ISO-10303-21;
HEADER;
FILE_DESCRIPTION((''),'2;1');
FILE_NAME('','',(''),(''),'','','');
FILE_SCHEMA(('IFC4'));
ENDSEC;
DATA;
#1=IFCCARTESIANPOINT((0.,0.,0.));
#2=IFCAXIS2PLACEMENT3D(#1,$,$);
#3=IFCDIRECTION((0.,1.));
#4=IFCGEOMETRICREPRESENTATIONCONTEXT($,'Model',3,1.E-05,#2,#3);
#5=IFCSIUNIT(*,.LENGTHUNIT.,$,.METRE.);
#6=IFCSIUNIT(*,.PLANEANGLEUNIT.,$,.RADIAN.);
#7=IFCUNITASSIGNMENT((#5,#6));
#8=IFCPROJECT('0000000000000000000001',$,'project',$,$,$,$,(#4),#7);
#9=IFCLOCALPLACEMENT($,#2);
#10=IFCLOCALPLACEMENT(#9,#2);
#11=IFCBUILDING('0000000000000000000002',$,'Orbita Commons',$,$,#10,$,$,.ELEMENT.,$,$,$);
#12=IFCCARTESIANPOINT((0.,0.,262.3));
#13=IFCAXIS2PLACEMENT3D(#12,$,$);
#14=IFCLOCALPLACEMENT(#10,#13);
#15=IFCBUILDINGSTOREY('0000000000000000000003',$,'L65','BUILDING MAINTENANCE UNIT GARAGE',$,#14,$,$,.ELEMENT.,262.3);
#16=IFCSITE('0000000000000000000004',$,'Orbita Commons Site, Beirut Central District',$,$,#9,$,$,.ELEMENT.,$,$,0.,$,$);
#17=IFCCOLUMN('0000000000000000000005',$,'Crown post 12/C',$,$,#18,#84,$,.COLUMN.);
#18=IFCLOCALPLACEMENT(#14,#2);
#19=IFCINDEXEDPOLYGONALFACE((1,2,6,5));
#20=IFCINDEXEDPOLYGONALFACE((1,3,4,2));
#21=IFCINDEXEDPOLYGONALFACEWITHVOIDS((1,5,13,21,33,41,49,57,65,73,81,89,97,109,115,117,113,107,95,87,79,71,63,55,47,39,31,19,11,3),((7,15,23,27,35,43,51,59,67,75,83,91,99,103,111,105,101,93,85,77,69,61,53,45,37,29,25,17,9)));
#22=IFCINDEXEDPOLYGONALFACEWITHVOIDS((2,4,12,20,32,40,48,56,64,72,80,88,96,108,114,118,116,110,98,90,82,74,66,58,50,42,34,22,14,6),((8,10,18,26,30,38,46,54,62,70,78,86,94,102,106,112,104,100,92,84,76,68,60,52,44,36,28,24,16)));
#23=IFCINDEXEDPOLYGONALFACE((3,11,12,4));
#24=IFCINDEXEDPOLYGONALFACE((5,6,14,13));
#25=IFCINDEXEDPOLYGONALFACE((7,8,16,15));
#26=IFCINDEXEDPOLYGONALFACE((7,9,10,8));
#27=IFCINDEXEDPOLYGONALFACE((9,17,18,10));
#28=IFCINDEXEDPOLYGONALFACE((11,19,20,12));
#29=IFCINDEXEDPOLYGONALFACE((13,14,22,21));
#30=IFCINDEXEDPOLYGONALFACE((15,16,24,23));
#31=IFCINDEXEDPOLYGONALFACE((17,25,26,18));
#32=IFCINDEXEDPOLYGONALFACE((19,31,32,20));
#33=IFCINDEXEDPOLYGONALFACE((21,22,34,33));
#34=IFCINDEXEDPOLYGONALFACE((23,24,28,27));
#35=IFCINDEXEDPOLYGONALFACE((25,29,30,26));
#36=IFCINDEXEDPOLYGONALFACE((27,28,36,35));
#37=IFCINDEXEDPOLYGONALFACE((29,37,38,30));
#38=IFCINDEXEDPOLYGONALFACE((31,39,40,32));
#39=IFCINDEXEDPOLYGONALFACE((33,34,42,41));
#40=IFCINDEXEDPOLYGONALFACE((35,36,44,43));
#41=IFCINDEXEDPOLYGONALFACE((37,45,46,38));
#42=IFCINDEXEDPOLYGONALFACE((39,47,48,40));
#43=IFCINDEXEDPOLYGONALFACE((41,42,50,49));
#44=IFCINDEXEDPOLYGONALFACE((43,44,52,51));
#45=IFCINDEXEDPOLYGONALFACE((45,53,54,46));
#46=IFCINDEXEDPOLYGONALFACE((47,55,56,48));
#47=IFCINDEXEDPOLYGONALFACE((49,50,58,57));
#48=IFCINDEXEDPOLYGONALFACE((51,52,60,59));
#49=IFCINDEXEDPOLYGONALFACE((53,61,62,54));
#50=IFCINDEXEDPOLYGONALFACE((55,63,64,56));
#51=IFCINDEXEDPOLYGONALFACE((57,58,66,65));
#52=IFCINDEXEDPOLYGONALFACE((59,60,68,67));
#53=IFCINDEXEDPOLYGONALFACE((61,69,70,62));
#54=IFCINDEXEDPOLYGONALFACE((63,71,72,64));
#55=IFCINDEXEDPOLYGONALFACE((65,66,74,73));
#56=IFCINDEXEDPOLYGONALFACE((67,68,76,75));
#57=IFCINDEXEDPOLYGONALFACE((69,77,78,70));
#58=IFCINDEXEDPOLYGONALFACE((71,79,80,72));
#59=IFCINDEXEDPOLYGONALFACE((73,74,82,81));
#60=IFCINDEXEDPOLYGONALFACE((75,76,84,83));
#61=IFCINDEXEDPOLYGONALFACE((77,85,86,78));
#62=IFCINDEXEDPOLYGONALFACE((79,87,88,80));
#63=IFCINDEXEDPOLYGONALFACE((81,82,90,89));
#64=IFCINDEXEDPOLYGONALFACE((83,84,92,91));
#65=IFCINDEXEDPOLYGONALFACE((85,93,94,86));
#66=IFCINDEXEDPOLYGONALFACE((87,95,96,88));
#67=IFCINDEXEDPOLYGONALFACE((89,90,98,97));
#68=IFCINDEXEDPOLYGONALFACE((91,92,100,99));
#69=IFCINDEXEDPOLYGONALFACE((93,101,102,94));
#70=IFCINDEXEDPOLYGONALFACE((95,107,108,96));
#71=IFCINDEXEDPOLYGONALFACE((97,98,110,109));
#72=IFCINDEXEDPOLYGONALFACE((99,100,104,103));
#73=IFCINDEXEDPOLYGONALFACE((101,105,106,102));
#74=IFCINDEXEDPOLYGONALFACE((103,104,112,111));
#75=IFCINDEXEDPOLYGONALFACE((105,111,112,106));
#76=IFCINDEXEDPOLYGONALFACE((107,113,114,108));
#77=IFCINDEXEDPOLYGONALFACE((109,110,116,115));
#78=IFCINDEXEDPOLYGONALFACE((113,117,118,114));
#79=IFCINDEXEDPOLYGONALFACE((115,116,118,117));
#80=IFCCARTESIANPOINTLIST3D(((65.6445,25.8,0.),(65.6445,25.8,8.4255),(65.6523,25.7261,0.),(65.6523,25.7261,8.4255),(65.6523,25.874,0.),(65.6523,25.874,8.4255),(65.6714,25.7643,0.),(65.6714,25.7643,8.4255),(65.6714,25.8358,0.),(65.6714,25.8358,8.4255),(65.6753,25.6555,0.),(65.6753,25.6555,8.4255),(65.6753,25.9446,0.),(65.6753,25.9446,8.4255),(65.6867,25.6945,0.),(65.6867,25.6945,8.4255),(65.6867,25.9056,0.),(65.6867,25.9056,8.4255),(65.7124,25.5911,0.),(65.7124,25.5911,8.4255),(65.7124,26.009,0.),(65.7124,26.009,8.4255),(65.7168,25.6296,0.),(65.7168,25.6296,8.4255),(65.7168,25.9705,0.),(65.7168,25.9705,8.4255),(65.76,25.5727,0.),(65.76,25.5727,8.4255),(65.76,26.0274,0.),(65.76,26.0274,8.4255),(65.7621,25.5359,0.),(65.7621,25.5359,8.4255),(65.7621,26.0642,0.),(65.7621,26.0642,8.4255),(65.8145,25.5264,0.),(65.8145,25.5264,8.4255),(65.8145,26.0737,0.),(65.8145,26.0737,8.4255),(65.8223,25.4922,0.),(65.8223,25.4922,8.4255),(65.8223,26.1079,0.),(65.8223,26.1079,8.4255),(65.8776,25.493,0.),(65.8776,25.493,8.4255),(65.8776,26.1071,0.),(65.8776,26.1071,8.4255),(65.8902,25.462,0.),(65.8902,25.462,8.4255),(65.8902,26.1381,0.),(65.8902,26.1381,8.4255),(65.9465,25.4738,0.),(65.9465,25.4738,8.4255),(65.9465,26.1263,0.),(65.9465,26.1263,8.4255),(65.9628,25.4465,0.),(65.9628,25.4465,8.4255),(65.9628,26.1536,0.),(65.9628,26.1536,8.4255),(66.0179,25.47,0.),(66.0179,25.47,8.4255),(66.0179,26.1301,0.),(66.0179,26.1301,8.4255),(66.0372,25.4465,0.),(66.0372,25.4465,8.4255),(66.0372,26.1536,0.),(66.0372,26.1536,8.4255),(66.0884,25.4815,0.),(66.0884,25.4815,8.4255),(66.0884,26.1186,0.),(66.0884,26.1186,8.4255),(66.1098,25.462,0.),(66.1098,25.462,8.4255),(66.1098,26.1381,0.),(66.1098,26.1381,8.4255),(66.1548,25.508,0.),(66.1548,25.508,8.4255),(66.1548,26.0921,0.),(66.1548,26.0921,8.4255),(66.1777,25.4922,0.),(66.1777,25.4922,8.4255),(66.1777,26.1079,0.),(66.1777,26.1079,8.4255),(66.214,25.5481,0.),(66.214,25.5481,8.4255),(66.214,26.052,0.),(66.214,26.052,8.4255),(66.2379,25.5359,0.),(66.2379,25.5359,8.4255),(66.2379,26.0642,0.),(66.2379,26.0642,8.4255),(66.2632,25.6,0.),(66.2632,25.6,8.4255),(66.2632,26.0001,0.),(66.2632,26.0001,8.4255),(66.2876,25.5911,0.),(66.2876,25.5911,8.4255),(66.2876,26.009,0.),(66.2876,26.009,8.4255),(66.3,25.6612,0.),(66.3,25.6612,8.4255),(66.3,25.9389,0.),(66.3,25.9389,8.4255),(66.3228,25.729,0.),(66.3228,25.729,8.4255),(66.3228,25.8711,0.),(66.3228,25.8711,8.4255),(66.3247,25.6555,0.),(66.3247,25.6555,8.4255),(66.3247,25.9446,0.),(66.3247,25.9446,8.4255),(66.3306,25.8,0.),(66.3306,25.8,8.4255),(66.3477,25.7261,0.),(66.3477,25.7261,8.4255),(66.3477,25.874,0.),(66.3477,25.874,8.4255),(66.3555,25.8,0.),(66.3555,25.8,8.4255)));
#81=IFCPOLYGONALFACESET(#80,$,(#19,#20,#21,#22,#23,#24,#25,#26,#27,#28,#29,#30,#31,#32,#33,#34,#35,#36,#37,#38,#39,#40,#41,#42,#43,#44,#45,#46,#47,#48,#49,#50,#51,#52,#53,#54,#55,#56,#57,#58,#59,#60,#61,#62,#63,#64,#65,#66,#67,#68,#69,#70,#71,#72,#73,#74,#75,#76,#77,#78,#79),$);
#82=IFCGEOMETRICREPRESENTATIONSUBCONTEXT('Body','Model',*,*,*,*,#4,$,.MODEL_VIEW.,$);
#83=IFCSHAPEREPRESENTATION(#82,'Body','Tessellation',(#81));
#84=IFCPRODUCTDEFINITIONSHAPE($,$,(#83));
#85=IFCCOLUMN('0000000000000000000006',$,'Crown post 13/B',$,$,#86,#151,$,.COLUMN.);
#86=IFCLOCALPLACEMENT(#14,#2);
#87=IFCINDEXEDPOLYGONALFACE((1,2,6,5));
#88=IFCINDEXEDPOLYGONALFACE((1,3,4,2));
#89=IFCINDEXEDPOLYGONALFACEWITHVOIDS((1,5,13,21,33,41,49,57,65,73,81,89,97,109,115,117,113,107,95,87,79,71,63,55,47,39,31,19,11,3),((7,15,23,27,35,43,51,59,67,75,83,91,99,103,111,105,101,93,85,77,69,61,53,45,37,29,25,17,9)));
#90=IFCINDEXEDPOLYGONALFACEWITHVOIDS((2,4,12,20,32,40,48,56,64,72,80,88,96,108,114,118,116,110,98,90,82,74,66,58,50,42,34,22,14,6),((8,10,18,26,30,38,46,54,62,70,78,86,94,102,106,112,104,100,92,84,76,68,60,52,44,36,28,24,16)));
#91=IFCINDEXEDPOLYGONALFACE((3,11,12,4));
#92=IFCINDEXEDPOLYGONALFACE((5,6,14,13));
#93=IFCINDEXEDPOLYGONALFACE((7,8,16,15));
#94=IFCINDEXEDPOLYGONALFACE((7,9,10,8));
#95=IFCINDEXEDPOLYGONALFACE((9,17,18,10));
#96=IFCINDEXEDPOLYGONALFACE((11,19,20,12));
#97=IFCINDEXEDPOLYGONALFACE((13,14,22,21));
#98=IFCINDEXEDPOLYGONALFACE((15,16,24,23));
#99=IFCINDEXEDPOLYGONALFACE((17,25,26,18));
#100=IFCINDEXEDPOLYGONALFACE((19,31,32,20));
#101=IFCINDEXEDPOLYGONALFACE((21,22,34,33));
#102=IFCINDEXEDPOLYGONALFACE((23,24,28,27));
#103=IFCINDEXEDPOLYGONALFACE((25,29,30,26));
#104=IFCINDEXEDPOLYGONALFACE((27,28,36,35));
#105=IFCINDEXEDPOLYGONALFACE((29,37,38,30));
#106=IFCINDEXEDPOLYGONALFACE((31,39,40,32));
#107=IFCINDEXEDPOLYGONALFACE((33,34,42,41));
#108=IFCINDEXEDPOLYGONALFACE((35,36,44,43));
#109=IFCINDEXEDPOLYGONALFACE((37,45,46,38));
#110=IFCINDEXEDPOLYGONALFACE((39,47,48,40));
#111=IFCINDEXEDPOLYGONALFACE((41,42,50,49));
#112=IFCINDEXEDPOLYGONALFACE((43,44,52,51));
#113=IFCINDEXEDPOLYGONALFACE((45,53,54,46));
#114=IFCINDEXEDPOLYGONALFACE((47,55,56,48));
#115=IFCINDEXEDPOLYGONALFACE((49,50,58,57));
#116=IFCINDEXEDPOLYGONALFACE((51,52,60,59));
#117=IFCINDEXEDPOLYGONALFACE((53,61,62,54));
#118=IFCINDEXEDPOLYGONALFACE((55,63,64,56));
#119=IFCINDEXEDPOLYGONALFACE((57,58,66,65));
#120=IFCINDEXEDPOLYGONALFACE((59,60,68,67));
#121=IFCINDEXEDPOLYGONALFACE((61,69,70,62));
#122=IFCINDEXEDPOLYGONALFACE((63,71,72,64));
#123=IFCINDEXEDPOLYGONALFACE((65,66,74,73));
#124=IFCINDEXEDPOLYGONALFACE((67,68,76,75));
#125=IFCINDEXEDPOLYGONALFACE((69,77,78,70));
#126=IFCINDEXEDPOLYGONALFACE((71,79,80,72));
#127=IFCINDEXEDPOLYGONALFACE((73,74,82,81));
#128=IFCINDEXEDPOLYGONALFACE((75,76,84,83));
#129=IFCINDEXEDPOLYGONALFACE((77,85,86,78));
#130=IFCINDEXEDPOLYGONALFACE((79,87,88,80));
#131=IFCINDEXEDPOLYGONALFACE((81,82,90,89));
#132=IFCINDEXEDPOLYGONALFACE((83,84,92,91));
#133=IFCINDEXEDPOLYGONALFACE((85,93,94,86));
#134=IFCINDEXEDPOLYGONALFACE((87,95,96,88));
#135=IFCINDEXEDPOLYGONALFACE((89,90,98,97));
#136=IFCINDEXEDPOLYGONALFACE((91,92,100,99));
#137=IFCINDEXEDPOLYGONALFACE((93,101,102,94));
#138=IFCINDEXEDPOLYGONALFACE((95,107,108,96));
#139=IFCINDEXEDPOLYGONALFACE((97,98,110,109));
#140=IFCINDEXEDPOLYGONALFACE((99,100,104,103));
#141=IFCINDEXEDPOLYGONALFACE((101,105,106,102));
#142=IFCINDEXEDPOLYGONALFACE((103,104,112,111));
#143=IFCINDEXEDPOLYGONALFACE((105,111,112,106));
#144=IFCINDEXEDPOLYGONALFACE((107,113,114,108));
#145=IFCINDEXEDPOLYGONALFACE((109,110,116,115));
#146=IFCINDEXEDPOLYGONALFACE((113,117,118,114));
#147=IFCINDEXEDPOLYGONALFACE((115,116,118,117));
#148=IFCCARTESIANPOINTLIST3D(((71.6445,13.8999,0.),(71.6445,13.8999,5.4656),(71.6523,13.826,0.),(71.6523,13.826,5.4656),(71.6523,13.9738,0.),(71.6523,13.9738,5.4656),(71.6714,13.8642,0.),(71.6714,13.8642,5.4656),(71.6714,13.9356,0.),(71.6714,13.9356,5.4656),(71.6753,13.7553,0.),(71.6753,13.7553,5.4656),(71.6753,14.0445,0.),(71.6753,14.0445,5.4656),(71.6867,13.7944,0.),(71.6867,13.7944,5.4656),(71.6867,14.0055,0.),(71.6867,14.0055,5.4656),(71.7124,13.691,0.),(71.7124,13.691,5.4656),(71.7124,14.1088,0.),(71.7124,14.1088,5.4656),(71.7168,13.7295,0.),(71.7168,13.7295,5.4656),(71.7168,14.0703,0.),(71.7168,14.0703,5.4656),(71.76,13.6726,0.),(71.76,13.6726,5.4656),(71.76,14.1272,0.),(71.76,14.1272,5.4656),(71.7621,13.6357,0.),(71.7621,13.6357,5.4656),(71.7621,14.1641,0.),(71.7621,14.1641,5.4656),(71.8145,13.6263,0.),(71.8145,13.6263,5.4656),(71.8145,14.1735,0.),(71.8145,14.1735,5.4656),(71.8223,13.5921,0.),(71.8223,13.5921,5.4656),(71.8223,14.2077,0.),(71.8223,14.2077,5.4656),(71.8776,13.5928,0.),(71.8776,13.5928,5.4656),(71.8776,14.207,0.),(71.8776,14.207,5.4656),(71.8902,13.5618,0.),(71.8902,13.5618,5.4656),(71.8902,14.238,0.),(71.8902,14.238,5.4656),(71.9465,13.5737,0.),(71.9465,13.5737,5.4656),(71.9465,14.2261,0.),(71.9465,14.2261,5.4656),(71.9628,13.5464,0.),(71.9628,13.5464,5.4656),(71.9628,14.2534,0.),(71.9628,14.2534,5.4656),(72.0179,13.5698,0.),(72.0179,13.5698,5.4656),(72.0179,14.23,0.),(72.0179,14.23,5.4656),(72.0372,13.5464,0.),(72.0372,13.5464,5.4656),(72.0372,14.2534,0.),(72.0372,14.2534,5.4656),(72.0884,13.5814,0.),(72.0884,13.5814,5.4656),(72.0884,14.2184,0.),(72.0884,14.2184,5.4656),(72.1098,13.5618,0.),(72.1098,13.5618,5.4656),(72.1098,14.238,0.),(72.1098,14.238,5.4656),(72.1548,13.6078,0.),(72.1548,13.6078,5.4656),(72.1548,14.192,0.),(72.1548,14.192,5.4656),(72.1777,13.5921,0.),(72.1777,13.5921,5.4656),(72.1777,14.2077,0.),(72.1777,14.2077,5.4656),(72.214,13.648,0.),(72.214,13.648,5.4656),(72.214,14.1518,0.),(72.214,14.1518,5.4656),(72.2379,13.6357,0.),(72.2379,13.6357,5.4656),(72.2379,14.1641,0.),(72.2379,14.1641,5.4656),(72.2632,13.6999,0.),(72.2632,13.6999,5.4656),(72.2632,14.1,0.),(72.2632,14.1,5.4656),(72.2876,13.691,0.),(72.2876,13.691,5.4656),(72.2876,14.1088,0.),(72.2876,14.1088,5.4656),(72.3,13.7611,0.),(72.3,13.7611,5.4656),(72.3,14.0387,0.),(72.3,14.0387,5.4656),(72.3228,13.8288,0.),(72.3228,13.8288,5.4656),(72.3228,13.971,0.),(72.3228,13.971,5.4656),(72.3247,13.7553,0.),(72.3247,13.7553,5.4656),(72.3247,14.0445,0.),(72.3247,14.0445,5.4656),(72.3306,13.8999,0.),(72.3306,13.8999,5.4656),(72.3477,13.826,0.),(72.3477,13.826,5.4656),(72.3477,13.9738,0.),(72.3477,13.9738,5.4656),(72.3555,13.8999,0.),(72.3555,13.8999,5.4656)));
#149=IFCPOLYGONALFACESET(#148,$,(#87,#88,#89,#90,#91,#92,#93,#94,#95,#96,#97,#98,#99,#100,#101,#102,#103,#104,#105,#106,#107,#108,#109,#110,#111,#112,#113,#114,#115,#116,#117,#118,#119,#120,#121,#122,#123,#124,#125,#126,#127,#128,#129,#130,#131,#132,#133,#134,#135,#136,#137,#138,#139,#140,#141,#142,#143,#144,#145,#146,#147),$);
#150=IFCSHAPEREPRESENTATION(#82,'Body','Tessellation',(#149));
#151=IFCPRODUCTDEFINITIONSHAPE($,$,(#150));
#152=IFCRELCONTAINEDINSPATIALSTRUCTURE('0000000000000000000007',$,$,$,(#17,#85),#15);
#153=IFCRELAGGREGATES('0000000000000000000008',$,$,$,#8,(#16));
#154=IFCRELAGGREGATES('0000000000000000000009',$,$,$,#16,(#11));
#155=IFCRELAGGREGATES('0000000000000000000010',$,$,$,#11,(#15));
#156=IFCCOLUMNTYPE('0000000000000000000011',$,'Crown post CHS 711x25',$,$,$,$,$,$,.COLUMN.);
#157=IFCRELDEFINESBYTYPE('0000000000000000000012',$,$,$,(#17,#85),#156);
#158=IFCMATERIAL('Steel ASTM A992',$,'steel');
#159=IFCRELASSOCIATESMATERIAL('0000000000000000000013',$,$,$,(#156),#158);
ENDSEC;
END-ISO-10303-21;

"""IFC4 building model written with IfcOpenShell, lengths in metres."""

from ifc_helpers import new_model, si_unit, direction, frame, origin, origin_2d, place, context, subcontext, project, spatial, hollow_circle, extrude, material, material_profile, profile_set, type_object, element, save


model = new_model("IFC4")

# Units and contexts
model_context = context("Model", 3, precision=1e-05, world=origin(), true_north=direction((0.0, 1.0)))
body_context = subcontext(model_context, "Body", "Model", "MODEL_VIEW")
ifc_project = project(units=[si_unit("LENGTHUNIT", "METRE"), si_unit("PLANEANGLEUNIT", "RADIAN")], contexts=[model_context])

# Site, building, storey
site_placement = place(None, origin())
site = spatial("IfcSite", under=ifc_project, at=site_placement, Name="Orbita Commons Site, Beirut Central District", CompositionType="ELEMENT", RefElevation=0.0)
building_placement = place(site_placement, origin())
building = spatial("IfcBuilding", under=site, at=building_placement, Name="Orbita Commons", CompositionType="ELEMENT")
storey_placement = place(building_placement, frame((0.0, 0.0, 262.3)))
storey = spatial("IfcBuildingStorey", under=building, at=storey_placement, Name="L65", Description="BUILDING MAINTENANCE UNIT GARAGE", CompositionType="ELEMENT", Elevation=262.3)

# Columns
ifc_material_1 = material(Name="Steel ASTM A992", Category="steel")
ifc_material_profile_1 = material_profile(ifc_material_1, hollow_circle(Radius=0.3555, WallThickness=0.0249, at=origin_2d()), Name="CHS 711x25")
ifc_profile_set_1 = profile_set([ifc_material_profile_1], Name="Steel ASTM A992")
column_type = type_object("IfcColumnType", Name="Crown post CHS 711x25", PredefinedType="COLUMN", material=ifc_profile_set_1)
column_1_placement = place(storey_placement, frame((66.0, 25.8, 0.0), z_axis=(0.0, 0.0, 1.0), x_axis=(1.0, 0.0, 0.0)))
element("IfcColumn", 1, at=column_1_placement, inside=storey, type_object=column_type, Name="Crown post 12/C", PredefinedType="COLUMN", context=body_context, shape_type="SweptSolid", body=[
    extrude(hollow_circle(Radius=0.3555, WallThickness=0.0249, at=origin_2d()), origin(), (0.0, 0.0, 1.0), 8.4255),
])
column_2_placement = place(storey_placement, frame((72.0, 13.8999, 0.0), z_axis=(0.0, 0.0, 1.0), x_axis=(1.0, 0.0, 0.0)))
element("IfcColumn", 2, at=column_2_placement, inside=storey, type_object=column_type, Name="Crown post 13/B", PredefinedType="COLUMN", context=body_context, shape_type="SweptSolid", body=[
    extrude(hollow_circle(Radius=0.3555, WallThickness=0.0249, at=origin_2d()), origin(), (0.0, 0.0, 1.0), 5.4656),
])

save(model, "model.ifc")
